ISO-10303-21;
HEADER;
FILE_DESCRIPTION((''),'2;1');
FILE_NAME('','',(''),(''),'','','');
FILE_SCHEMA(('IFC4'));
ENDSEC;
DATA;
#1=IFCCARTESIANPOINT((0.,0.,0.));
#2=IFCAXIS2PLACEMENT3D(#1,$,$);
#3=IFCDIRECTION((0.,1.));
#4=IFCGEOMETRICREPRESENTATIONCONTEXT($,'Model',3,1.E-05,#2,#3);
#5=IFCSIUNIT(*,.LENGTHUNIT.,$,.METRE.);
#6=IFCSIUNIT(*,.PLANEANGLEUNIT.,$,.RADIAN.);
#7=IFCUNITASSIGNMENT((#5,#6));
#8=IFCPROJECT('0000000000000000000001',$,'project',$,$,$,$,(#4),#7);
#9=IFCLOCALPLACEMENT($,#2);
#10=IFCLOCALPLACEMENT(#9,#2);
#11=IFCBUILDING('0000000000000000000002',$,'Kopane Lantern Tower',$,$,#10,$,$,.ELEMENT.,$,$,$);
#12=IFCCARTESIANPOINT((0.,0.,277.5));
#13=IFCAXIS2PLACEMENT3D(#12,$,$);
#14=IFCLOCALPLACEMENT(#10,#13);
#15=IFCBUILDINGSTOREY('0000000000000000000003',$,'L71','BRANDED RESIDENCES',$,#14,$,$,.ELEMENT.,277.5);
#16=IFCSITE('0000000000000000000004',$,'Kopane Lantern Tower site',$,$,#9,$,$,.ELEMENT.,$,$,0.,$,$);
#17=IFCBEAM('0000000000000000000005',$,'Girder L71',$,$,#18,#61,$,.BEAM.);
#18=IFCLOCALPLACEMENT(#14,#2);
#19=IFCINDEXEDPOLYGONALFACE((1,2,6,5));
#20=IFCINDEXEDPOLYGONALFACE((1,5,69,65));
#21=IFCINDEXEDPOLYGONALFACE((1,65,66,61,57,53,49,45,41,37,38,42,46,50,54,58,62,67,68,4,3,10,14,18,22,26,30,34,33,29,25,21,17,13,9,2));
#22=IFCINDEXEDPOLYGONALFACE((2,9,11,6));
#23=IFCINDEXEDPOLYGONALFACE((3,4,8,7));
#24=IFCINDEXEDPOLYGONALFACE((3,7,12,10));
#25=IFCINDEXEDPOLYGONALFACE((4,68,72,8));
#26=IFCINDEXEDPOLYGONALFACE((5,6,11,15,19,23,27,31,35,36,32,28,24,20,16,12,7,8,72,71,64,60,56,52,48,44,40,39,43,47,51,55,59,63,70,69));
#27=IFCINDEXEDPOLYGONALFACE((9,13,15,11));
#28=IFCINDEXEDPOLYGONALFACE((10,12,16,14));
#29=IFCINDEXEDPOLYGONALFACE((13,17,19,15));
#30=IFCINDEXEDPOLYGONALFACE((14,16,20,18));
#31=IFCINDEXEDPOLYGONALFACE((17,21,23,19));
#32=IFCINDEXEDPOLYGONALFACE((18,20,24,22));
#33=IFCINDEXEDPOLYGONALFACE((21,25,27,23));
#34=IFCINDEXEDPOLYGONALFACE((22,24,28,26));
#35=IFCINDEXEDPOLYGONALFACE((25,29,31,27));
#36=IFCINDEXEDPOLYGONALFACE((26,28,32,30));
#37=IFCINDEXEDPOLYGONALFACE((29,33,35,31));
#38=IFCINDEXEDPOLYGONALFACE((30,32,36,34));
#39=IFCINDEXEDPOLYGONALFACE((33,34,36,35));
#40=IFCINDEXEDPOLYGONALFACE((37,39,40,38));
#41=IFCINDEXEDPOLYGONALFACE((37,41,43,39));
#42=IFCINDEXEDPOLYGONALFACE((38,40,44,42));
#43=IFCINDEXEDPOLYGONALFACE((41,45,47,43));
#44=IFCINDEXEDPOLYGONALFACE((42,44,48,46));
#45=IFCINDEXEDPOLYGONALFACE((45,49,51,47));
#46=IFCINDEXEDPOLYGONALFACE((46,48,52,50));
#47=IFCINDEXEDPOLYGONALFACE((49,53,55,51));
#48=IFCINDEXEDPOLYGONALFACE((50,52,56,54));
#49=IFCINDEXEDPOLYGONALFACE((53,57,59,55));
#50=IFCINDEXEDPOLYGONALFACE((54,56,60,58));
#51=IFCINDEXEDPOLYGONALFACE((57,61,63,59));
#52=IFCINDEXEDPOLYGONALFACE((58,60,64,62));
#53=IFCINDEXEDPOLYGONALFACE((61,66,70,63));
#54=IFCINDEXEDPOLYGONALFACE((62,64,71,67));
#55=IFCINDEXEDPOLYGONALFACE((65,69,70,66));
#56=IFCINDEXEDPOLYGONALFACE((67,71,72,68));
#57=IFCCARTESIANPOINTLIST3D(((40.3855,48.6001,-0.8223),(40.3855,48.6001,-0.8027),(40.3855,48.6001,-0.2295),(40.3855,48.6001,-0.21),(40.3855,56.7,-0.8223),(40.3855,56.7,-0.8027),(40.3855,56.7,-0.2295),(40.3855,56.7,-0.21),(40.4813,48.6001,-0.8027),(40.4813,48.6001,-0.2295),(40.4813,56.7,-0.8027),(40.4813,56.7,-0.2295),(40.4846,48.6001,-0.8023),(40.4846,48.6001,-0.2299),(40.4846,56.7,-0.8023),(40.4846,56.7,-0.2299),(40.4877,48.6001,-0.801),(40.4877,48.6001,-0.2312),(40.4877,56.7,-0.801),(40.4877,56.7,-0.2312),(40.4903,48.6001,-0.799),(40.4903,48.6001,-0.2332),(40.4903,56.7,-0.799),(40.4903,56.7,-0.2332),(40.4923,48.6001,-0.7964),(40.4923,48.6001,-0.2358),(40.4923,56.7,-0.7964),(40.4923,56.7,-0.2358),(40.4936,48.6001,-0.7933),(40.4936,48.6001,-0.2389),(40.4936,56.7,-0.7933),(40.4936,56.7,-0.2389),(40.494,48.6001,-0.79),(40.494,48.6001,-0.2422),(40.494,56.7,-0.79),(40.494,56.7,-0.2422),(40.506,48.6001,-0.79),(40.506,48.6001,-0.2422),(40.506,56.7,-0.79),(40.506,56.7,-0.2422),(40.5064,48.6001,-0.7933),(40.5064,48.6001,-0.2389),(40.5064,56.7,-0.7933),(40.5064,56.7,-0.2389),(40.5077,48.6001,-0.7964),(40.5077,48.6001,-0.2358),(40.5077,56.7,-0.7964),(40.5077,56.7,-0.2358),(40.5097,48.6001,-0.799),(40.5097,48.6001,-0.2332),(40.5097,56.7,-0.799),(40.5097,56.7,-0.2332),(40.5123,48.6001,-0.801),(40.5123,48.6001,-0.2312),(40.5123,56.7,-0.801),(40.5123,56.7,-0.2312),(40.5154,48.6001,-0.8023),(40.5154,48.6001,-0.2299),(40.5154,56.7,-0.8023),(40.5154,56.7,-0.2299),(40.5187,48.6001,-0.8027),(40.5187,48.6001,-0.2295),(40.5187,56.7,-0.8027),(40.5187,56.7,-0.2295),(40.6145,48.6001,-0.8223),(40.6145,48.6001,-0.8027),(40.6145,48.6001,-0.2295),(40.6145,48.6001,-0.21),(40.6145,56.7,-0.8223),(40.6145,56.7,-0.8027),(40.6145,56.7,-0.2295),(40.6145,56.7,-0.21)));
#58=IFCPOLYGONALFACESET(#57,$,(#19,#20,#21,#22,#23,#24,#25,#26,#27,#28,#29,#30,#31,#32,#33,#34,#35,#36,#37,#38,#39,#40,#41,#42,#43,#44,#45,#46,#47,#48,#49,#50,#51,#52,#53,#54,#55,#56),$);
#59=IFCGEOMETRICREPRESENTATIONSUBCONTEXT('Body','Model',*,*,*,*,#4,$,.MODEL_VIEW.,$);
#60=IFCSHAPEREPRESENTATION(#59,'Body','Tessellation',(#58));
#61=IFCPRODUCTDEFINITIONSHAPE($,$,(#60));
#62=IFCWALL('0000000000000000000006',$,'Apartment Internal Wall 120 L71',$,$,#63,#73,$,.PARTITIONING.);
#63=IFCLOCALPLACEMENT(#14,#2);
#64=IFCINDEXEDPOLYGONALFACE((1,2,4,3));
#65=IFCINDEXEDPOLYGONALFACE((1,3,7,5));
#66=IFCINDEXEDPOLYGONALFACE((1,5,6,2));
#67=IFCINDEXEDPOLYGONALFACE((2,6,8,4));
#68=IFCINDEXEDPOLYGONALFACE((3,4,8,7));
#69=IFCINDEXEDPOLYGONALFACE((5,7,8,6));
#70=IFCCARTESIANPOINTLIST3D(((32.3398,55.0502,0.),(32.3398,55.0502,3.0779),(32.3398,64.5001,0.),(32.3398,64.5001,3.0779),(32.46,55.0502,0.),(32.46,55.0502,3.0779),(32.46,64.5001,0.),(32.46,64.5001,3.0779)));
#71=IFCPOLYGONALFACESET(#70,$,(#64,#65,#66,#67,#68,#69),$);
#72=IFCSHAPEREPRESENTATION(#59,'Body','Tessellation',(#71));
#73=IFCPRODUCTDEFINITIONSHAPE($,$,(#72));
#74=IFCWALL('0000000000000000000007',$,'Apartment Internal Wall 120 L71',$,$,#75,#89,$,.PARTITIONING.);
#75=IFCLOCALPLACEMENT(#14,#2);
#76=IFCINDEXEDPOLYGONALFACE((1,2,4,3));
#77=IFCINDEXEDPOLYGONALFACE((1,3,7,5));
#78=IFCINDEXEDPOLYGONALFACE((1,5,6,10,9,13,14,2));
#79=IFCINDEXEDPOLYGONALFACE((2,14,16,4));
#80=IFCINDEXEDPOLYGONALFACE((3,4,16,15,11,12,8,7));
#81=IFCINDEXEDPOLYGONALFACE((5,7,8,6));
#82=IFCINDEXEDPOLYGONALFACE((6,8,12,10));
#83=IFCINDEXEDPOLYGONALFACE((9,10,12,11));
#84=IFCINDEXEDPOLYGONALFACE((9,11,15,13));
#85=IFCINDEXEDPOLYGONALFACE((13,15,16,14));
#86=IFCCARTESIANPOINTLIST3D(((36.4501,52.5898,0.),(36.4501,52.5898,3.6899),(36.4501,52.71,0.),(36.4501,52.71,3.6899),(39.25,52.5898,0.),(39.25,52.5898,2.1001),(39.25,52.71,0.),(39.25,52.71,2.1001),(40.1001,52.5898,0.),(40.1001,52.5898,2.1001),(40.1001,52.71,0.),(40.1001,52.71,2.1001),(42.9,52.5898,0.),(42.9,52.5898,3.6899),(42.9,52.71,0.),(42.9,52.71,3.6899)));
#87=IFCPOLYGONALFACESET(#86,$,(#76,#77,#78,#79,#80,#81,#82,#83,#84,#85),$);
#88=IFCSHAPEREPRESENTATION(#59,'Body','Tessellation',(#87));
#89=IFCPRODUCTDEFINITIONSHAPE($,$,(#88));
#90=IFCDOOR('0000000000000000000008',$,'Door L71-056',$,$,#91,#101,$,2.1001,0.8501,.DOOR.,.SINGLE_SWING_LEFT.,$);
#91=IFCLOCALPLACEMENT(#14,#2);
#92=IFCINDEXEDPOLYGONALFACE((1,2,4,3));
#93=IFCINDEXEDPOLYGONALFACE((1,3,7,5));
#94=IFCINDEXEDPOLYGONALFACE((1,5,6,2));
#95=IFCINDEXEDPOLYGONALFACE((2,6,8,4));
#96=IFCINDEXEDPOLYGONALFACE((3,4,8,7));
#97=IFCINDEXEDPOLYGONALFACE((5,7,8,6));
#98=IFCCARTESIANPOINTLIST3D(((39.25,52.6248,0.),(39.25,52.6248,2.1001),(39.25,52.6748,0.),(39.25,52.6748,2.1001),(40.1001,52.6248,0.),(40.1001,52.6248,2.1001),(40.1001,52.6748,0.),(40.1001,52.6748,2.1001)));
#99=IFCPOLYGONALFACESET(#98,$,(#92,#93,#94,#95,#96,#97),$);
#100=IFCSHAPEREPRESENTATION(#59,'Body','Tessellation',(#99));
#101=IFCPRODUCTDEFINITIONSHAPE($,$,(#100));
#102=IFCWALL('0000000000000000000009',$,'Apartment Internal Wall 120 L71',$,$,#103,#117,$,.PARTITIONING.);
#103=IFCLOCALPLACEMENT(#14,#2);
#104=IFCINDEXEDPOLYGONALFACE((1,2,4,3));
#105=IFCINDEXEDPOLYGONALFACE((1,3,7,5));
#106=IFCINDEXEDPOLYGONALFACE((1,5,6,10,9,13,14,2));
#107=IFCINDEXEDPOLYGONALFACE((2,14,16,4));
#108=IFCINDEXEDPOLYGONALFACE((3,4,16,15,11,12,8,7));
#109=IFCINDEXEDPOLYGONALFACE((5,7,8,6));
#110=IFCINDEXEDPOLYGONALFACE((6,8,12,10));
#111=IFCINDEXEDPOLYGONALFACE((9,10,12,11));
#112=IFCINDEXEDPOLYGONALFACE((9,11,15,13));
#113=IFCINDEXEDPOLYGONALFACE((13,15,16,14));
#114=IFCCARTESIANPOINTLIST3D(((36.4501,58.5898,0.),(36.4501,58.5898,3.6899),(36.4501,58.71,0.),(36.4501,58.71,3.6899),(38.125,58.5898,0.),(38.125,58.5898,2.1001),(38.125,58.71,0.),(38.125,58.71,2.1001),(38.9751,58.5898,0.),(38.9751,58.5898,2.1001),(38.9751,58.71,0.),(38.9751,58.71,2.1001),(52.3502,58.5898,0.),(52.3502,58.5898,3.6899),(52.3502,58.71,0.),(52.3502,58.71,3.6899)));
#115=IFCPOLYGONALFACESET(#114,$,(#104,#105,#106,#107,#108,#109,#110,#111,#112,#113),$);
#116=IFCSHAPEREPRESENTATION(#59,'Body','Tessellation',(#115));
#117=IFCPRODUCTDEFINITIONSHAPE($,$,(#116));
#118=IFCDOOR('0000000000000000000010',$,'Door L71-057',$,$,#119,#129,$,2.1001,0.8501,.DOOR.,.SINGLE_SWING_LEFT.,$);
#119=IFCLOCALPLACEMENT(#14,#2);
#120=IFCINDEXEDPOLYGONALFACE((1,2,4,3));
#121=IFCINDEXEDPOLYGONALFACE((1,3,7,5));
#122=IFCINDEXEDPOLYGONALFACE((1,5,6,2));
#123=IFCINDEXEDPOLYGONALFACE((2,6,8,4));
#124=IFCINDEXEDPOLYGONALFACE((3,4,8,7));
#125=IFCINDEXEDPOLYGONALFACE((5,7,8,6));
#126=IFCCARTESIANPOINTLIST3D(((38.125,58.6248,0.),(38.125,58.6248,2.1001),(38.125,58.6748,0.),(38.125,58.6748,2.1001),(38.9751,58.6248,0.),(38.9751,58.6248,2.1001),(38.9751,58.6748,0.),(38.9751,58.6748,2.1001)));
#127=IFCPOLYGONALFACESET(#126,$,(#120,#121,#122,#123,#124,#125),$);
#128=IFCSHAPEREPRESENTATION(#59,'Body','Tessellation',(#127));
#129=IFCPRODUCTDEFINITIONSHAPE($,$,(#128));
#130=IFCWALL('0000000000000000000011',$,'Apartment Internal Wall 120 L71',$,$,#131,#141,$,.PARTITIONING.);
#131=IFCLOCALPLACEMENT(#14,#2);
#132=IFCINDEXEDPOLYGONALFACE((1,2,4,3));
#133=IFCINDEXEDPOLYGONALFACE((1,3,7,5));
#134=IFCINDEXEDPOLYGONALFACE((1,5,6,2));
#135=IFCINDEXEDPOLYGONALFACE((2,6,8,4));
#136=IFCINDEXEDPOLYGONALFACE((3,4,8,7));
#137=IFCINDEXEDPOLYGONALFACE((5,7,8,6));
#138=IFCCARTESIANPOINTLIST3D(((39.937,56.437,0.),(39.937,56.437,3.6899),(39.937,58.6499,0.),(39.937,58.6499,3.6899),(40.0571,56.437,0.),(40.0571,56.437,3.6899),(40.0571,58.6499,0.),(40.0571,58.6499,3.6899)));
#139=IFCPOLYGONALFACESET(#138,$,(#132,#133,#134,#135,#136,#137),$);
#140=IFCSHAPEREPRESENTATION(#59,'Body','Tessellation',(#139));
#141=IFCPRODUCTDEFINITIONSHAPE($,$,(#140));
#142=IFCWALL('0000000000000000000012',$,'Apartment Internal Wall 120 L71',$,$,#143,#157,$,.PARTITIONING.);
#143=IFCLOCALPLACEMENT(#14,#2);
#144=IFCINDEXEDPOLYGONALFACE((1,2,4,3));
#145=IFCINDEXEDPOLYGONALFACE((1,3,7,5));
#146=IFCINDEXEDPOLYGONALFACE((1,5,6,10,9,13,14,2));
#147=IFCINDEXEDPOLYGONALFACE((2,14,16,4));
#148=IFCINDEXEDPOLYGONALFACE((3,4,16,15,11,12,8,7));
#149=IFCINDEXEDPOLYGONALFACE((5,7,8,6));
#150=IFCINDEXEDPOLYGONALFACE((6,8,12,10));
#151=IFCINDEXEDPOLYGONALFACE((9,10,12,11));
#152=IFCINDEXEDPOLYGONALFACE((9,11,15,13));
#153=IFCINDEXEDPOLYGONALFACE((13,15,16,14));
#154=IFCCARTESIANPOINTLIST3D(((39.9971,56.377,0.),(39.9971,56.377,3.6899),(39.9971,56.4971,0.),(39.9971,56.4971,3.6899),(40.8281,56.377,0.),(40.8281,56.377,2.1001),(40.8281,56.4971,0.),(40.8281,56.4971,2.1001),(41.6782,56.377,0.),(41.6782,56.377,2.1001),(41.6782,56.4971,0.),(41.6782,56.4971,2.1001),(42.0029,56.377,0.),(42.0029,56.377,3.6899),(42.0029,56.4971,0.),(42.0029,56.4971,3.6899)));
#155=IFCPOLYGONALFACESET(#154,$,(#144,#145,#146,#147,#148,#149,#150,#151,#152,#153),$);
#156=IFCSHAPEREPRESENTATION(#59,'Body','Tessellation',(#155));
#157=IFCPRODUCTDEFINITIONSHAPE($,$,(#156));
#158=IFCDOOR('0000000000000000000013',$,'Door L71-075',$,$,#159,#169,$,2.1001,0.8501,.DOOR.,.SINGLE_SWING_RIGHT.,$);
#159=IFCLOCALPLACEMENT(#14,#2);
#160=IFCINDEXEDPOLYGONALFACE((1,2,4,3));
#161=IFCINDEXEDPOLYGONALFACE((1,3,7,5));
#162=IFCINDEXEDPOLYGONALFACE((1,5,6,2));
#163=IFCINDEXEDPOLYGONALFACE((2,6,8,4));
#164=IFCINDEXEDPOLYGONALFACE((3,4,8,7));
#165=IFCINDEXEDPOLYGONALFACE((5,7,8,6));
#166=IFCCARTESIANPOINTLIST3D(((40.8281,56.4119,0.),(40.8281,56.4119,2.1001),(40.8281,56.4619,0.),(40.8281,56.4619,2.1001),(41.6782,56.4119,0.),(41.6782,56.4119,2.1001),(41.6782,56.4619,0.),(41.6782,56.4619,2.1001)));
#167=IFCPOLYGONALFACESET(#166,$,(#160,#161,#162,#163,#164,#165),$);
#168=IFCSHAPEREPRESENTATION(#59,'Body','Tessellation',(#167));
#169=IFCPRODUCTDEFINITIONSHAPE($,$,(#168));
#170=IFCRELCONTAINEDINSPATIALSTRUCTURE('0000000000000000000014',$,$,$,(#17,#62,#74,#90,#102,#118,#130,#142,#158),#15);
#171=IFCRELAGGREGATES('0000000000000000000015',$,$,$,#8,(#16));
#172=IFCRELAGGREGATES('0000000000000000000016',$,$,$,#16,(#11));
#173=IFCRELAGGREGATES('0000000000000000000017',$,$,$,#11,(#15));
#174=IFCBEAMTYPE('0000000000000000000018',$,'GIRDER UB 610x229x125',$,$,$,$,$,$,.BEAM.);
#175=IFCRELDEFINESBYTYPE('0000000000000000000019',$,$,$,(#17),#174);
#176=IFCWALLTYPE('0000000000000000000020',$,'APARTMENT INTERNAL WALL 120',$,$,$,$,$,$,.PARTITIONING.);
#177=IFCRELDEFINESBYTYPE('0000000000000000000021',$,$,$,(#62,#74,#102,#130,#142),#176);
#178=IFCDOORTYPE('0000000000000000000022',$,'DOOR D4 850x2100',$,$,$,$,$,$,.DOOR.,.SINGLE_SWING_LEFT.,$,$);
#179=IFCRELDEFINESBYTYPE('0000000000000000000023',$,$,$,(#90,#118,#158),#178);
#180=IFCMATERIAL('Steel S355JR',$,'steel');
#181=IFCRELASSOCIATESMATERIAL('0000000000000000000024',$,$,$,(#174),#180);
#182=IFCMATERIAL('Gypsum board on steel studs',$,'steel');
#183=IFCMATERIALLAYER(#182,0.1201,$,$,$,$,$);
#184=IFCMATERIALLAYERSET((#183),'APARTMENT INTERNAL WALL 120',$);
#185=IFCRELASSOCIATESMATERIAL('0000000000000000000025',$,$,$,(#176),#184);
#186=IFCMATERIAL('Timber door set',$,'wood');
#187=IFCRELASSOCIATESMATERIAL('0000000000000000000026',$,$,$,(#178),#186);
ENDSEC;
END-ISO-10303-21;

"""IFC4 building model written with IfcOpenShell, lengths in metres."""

from ifc_helpers import new_model, si_unit, direction, frame, frame_2d, origin, origin_2d, place, context, subcontext, project, spatial, rectangle, i_section, extrude, material, layer, layer_set, material_profile, profile_set, type_object, element, fill, save


model = new_model("IFC4")

# Units and contexts
model_context = context("Model", 3, precision=1e-05, world=origin(), true_north=direction((0.0, 1.0)))
body_context = subcontext(model_context, "Body", "Model", "MODEL_VIEW")
ifc_project = project(units=[si_unit("LENGTHUNIT", "METRE"), si_unit("PLANEANGLEUNIT", "RADIAN")], contexts=[model_context])

# Site, building, storey
site_placement = place(None, origin())
site = spatial("IfcSite", under=ifc_project, at=site_placement, Name="Kopane Lantern Tower site", CompositionType="ELEMENT", RefElevation=0.0)
building_placement = place(site_placement, origin())
building = spatial("IfcBuilding", under=site, at=building_placement, Name="Kopane Lantern Tower", CompositionType="ELEMENT")
storey_placement = place(building_placement, frame((0.0, 0.0, 277.5)))
storey = spatial("IfcBuildingStorey", under=building, at=storey_placement, Name="L71", Description="BRANDED RESIDENCES", CompositionType="ELEMENT", Elevation=277.5)

# Beam
ifc_material_1 = material(Name="Steel S355JR", Category="steel")
ifc_material_profile_1 = material_profile(ifc_material_1, i_section(OverallWidth=0.229, OverallDepth=0.6123, WebThickness=0.012, FlangeThickness=0.0195, FilletRadius=0.0127, at=origin_2d()), Name="UB 610x229x125")
ifc_profile_set_1 = profile_set([ifc_material_profile_1], Name="Steel S355JR")
beam_type = type_object("IfcBeamType", Name="GIRDER UB 610x229x125", PredefinedType="BEAM", material=ifc_profile_set_1)
beam_1_placement = place(storey_placement, frame((40.5, 48.6001, -0.5161), z_axis=(0.0, 1.0, 0.0), x_axis=(-1.0, 0.0, 0.0)))
element("IfcBeam", 1, at=beam_1_placement, inside=storey, type_object=beam_type, Name="Girder L71", PredefinedType="BEAM", context=body_context, shape_type="SweptSolid", body=[
    extrude(i_section(OverallWidth=0.229, OverallDepth=0.6123, WebThickness=0.012, FlangeThickness=0.0195, FilletRadius=0.0127, at=origin_2d()), origin(), (0.0, 0.0, 1.0), 8.0999),
])

# Wall
ifc_material_2 = material(Name="Gypsum board on steel studs", Category="steel")
ifc_layer_1 = layer(ifc_material_2, 0.1201)
ifc_layer_set_1 = layer_set([ifc_layer_1], Name="APARTMENT INTERNAL WALL 120")
wall_type_1 = type_object("IfcWallType", Name="APARTMENT INTERNAL WALL 120", PredefinedType="PARTITIONING", material=ifc_layer_set_1)
wall_1_placement = place(storey_placement, frame((32.3999, 55.05, 0.0), z_axis=(0.0, 0.0, 1.0), x_axis=(0.0, 1.0, 0.0)))
element("IfcWall", 2, at=wall_1_placement, inside=storey, type_object=wall_type_1, Name="Apartment Internal Wall 120 L71", PredefinedType="PARTITIONING", context=body_context, shape_type="SweptSolid", body=[
    extrude(rectangle(XDim=9.45, YDim=0.1201, at=frame_2d((4.7251, 0.0))), origin(), (0.0, 0.0, 1.0), 3.0779),
])

# Walls, openings, doors
wall_2_placement = place(storey_placement, frame((36.45, 52.6499, 0.0), z_axis=(0.0, 0.0, 1.0), x_axis=(1.0, 0.0, 0.0)))
wall_2 = element("IfcWall", 3, at=wall_2_placement, inside=storey, type_object=wall_type_1, Name="Apartment Internal Wall 120 L71", PredefinedType="PARTITIONING", context=body_context, shape_type="SweptSolid", body=[
    extrude(rectangle(XDim=6.45, YDim=0.1201, at=frame_2d((3.2251, 0.0))), origin(), (0.0, 0.0, 1.0), 3.6899),
])
opening_1_placement = place(wall_2_placement, frame((2.8, 0.0, 0.0)))
opening_1 = element("IfcOpeningElement", 4, at=opening_1_placement, cuts=wall_2, PredefinedType="OPENING", context=body_context, shape_type="SweptSolid", body=[
    extrude(rectangle(XDim=0.8501, YDim=2.1001, at=frame_2d((0.425, 1.05))), frame((0.0, 0.0701, 0.0), z_axis=(0.0, -1.0, 0.0), x_axis=(1.0, 0.0, 0.0)), (0.0, 0.0, 1.0), 0.1401),
])
ifc_material_3 = material(Name="Timber door set", Category="wood")
door_type_1 = type_object("IfcDoorType", Name="DOOR D4 850x2100", OperationType="SINGLE_SWING_LEFT", PredefinedType="DOOR", material=ifc_material_3)
door_1_placement = place(opening_1_placement, origin())
door_1 = element("IfcDoor", 5, at=door_1_placement, inside=storey, type_object=door_type_1, Name="Door L71-056", OperationType="SINGLE_SWING_LEFT", OverallHeight=2.1001, OverallWidth=0.8501, PredefinedType="DOOR", context=body_context, shape_type="SweptSolid", body=[
    extrude(rectangle(XDim=0.8501, YDim=2.1001, at=frame_2d((0.425, 1.05))), frame((0.0, 0.0249, 0.0), z_axis=(0.0, -1.0, 0.0), x_axis=(1.0, 0.0, 0.0)), (0.0, 0.0, 1.0), 0.05),
])
fill(opening_1, door_1)
wall_3_placement = place(storey_placement, frame((36.45, 58.6499, 0.0), z_axis=(0.0, 0.0, 1.0), x_axis=(1.0, 0.0, 0.0)))
wall_3 = element("IfcWall", 6, at=wall_3_placement, inside=storey, type_object=wall_type_1, Name="Apartment Internal Wall 120 L71", PredefinedType="PARTITIONING", context=body_context, shape_type="SweptSolid", body=[
    extrude(rectangle(XDim=15.9001, YDim=0.1201, at=frame_2d((7.9502, 0.0))), origin(), (0.0, 0.0, 1.0), 3.6899),
])
opening_2_placement = place(wall_3_placement, frame((1.675, 0.0, 0.0)))
opening_2 = element("IfcOpeningElement", 7, at=opening_2_placement, cuts=wall_3, PredefinedType="OPENING", context=body_context, shape_type="SweptSolid", body=[
    extrude(rectangle(XDim=0.8501, YDim=2.1001, at=frame_2d((0.425, 1.05))), frame((0.0, 0.0701, 0.0), z_axis=(0.0, -1.0, 0.0), x_axis=(1.0, 0.0, 0.0)), (0.0, 0.0, 1.0), 0.1401),
])
door_2_placement = place(opening_2_placement, origin())
door_2 = element("IfcDoor", 8, at=door_2_placement, inside=storey, type_object=door_type_1, Name="Door L71-057", OperationType="SINGLE_SWING_LEFT", OverallHeight=2.1001, OverallWidth=0.8501, PredefinedType="DOOR", context=body_context, shape_type="SweptSolid", body=[
    extrude(rectangle(XDim=0.8501, YDim=2.1001, at=frame_2d((0.425, 1.05))), frame((0.0, 0.0249, 0.0), z_axis=(0.0, -1.0, 0.0), x_axis=(1.0, 0.0, 0.0)), (0.0, 0.0, 1.0), 0.05),
])
fill(opening_2, door_2)

# Wall
wall_4_placement = place(storey_placement, frame((39.9971, 58.6499, 0.0), z_axis=(0.0, 0.0, 1.0), x_axis=(0.0, -1.0, 0.0)))
element("IfcWall", 9, at=wall_4_placement, inside=storey, type_object=wall_type_1, Name="Apartment Internal Wall 120 L71", PredefinedType="PARTITIONING", context=body_context, shape_type="SweptSolid", body=[
    extrude(rectangle(XDim=2.2129, YDim=0.1201, at=frame_2d((1.1064, 0.0))), origin(), (0.0, 0.0, 1.0), 3.6899),
])

# Wall, opening, door
wall_5_placement = place(storey_placement, frame((39.9971, 56.437, 0.0), z_axis=(0.0, 0.0, 1.0), x_axis=(1.0, 0.0, 0.0)))
wall_5 = element("IfcWall", 10, at=wall_5_placement, inside=storey, type_object=wall_type_1, Name="Apartment Internal Wall 120 L71", PredefinedType="PARTITIONING", context=body_context, shape_type="SweptSolid", body=[
    extrude(rectangle(XDim=2.0059, YDim=0.1201, at=frame_2d((1.0029, 0.0))), origin(), (0.0, 0.0, 1.0), 3.6899),
])
opening_3_placement = place(wall_5_placement, frame((0.8311, 0.0, 0.0)))
opening_3 = element("IfcOpeningElement", 11, at=opening_3_placement, cuts=wall_5, PredefinedType="OPENING", context=body_context, shape_type="SweptSolid", body=[
    extrude(rectangle(XDim=0.8501, YDim=2.1001, at=frame_2d((0.425, 1.05))), frame((0.0, 0.0701, 0.0), z_axis=(0.0, -1.0, 0.0), x_axis=(1.0, 0.0, 0.0)), (0.0, 0.0, 1.0), 0.1401),
])
door_3_placement = place(opening_3_placement, origin())
door_3 = element("IfcDoor", 12, at=door_3_placement, inside=storey, type_object=door_type_1, Name="Door L71-075", OperationType="SINGLE_SWING_RIGHT", OverallHeight=2.1001, OverallWidth=0.8501, PredefinedType="DOOR", context=body_context, shape_type="SweptSolid", body=[
    extrude(rectangle(XDim=0.8501, YDim=2.1001, at=frame_2d((0.425, 1.05))), frame((0.0, 0.0249, 0.0), z_axis=(0.0, -1.0, 0.0), x_axis=(1.0, 0.0, 0.0)), (0.0, 0.0, 1.0), 0.05),
])
fill(opening_3, door_3)

save(model, "model.ifc")
